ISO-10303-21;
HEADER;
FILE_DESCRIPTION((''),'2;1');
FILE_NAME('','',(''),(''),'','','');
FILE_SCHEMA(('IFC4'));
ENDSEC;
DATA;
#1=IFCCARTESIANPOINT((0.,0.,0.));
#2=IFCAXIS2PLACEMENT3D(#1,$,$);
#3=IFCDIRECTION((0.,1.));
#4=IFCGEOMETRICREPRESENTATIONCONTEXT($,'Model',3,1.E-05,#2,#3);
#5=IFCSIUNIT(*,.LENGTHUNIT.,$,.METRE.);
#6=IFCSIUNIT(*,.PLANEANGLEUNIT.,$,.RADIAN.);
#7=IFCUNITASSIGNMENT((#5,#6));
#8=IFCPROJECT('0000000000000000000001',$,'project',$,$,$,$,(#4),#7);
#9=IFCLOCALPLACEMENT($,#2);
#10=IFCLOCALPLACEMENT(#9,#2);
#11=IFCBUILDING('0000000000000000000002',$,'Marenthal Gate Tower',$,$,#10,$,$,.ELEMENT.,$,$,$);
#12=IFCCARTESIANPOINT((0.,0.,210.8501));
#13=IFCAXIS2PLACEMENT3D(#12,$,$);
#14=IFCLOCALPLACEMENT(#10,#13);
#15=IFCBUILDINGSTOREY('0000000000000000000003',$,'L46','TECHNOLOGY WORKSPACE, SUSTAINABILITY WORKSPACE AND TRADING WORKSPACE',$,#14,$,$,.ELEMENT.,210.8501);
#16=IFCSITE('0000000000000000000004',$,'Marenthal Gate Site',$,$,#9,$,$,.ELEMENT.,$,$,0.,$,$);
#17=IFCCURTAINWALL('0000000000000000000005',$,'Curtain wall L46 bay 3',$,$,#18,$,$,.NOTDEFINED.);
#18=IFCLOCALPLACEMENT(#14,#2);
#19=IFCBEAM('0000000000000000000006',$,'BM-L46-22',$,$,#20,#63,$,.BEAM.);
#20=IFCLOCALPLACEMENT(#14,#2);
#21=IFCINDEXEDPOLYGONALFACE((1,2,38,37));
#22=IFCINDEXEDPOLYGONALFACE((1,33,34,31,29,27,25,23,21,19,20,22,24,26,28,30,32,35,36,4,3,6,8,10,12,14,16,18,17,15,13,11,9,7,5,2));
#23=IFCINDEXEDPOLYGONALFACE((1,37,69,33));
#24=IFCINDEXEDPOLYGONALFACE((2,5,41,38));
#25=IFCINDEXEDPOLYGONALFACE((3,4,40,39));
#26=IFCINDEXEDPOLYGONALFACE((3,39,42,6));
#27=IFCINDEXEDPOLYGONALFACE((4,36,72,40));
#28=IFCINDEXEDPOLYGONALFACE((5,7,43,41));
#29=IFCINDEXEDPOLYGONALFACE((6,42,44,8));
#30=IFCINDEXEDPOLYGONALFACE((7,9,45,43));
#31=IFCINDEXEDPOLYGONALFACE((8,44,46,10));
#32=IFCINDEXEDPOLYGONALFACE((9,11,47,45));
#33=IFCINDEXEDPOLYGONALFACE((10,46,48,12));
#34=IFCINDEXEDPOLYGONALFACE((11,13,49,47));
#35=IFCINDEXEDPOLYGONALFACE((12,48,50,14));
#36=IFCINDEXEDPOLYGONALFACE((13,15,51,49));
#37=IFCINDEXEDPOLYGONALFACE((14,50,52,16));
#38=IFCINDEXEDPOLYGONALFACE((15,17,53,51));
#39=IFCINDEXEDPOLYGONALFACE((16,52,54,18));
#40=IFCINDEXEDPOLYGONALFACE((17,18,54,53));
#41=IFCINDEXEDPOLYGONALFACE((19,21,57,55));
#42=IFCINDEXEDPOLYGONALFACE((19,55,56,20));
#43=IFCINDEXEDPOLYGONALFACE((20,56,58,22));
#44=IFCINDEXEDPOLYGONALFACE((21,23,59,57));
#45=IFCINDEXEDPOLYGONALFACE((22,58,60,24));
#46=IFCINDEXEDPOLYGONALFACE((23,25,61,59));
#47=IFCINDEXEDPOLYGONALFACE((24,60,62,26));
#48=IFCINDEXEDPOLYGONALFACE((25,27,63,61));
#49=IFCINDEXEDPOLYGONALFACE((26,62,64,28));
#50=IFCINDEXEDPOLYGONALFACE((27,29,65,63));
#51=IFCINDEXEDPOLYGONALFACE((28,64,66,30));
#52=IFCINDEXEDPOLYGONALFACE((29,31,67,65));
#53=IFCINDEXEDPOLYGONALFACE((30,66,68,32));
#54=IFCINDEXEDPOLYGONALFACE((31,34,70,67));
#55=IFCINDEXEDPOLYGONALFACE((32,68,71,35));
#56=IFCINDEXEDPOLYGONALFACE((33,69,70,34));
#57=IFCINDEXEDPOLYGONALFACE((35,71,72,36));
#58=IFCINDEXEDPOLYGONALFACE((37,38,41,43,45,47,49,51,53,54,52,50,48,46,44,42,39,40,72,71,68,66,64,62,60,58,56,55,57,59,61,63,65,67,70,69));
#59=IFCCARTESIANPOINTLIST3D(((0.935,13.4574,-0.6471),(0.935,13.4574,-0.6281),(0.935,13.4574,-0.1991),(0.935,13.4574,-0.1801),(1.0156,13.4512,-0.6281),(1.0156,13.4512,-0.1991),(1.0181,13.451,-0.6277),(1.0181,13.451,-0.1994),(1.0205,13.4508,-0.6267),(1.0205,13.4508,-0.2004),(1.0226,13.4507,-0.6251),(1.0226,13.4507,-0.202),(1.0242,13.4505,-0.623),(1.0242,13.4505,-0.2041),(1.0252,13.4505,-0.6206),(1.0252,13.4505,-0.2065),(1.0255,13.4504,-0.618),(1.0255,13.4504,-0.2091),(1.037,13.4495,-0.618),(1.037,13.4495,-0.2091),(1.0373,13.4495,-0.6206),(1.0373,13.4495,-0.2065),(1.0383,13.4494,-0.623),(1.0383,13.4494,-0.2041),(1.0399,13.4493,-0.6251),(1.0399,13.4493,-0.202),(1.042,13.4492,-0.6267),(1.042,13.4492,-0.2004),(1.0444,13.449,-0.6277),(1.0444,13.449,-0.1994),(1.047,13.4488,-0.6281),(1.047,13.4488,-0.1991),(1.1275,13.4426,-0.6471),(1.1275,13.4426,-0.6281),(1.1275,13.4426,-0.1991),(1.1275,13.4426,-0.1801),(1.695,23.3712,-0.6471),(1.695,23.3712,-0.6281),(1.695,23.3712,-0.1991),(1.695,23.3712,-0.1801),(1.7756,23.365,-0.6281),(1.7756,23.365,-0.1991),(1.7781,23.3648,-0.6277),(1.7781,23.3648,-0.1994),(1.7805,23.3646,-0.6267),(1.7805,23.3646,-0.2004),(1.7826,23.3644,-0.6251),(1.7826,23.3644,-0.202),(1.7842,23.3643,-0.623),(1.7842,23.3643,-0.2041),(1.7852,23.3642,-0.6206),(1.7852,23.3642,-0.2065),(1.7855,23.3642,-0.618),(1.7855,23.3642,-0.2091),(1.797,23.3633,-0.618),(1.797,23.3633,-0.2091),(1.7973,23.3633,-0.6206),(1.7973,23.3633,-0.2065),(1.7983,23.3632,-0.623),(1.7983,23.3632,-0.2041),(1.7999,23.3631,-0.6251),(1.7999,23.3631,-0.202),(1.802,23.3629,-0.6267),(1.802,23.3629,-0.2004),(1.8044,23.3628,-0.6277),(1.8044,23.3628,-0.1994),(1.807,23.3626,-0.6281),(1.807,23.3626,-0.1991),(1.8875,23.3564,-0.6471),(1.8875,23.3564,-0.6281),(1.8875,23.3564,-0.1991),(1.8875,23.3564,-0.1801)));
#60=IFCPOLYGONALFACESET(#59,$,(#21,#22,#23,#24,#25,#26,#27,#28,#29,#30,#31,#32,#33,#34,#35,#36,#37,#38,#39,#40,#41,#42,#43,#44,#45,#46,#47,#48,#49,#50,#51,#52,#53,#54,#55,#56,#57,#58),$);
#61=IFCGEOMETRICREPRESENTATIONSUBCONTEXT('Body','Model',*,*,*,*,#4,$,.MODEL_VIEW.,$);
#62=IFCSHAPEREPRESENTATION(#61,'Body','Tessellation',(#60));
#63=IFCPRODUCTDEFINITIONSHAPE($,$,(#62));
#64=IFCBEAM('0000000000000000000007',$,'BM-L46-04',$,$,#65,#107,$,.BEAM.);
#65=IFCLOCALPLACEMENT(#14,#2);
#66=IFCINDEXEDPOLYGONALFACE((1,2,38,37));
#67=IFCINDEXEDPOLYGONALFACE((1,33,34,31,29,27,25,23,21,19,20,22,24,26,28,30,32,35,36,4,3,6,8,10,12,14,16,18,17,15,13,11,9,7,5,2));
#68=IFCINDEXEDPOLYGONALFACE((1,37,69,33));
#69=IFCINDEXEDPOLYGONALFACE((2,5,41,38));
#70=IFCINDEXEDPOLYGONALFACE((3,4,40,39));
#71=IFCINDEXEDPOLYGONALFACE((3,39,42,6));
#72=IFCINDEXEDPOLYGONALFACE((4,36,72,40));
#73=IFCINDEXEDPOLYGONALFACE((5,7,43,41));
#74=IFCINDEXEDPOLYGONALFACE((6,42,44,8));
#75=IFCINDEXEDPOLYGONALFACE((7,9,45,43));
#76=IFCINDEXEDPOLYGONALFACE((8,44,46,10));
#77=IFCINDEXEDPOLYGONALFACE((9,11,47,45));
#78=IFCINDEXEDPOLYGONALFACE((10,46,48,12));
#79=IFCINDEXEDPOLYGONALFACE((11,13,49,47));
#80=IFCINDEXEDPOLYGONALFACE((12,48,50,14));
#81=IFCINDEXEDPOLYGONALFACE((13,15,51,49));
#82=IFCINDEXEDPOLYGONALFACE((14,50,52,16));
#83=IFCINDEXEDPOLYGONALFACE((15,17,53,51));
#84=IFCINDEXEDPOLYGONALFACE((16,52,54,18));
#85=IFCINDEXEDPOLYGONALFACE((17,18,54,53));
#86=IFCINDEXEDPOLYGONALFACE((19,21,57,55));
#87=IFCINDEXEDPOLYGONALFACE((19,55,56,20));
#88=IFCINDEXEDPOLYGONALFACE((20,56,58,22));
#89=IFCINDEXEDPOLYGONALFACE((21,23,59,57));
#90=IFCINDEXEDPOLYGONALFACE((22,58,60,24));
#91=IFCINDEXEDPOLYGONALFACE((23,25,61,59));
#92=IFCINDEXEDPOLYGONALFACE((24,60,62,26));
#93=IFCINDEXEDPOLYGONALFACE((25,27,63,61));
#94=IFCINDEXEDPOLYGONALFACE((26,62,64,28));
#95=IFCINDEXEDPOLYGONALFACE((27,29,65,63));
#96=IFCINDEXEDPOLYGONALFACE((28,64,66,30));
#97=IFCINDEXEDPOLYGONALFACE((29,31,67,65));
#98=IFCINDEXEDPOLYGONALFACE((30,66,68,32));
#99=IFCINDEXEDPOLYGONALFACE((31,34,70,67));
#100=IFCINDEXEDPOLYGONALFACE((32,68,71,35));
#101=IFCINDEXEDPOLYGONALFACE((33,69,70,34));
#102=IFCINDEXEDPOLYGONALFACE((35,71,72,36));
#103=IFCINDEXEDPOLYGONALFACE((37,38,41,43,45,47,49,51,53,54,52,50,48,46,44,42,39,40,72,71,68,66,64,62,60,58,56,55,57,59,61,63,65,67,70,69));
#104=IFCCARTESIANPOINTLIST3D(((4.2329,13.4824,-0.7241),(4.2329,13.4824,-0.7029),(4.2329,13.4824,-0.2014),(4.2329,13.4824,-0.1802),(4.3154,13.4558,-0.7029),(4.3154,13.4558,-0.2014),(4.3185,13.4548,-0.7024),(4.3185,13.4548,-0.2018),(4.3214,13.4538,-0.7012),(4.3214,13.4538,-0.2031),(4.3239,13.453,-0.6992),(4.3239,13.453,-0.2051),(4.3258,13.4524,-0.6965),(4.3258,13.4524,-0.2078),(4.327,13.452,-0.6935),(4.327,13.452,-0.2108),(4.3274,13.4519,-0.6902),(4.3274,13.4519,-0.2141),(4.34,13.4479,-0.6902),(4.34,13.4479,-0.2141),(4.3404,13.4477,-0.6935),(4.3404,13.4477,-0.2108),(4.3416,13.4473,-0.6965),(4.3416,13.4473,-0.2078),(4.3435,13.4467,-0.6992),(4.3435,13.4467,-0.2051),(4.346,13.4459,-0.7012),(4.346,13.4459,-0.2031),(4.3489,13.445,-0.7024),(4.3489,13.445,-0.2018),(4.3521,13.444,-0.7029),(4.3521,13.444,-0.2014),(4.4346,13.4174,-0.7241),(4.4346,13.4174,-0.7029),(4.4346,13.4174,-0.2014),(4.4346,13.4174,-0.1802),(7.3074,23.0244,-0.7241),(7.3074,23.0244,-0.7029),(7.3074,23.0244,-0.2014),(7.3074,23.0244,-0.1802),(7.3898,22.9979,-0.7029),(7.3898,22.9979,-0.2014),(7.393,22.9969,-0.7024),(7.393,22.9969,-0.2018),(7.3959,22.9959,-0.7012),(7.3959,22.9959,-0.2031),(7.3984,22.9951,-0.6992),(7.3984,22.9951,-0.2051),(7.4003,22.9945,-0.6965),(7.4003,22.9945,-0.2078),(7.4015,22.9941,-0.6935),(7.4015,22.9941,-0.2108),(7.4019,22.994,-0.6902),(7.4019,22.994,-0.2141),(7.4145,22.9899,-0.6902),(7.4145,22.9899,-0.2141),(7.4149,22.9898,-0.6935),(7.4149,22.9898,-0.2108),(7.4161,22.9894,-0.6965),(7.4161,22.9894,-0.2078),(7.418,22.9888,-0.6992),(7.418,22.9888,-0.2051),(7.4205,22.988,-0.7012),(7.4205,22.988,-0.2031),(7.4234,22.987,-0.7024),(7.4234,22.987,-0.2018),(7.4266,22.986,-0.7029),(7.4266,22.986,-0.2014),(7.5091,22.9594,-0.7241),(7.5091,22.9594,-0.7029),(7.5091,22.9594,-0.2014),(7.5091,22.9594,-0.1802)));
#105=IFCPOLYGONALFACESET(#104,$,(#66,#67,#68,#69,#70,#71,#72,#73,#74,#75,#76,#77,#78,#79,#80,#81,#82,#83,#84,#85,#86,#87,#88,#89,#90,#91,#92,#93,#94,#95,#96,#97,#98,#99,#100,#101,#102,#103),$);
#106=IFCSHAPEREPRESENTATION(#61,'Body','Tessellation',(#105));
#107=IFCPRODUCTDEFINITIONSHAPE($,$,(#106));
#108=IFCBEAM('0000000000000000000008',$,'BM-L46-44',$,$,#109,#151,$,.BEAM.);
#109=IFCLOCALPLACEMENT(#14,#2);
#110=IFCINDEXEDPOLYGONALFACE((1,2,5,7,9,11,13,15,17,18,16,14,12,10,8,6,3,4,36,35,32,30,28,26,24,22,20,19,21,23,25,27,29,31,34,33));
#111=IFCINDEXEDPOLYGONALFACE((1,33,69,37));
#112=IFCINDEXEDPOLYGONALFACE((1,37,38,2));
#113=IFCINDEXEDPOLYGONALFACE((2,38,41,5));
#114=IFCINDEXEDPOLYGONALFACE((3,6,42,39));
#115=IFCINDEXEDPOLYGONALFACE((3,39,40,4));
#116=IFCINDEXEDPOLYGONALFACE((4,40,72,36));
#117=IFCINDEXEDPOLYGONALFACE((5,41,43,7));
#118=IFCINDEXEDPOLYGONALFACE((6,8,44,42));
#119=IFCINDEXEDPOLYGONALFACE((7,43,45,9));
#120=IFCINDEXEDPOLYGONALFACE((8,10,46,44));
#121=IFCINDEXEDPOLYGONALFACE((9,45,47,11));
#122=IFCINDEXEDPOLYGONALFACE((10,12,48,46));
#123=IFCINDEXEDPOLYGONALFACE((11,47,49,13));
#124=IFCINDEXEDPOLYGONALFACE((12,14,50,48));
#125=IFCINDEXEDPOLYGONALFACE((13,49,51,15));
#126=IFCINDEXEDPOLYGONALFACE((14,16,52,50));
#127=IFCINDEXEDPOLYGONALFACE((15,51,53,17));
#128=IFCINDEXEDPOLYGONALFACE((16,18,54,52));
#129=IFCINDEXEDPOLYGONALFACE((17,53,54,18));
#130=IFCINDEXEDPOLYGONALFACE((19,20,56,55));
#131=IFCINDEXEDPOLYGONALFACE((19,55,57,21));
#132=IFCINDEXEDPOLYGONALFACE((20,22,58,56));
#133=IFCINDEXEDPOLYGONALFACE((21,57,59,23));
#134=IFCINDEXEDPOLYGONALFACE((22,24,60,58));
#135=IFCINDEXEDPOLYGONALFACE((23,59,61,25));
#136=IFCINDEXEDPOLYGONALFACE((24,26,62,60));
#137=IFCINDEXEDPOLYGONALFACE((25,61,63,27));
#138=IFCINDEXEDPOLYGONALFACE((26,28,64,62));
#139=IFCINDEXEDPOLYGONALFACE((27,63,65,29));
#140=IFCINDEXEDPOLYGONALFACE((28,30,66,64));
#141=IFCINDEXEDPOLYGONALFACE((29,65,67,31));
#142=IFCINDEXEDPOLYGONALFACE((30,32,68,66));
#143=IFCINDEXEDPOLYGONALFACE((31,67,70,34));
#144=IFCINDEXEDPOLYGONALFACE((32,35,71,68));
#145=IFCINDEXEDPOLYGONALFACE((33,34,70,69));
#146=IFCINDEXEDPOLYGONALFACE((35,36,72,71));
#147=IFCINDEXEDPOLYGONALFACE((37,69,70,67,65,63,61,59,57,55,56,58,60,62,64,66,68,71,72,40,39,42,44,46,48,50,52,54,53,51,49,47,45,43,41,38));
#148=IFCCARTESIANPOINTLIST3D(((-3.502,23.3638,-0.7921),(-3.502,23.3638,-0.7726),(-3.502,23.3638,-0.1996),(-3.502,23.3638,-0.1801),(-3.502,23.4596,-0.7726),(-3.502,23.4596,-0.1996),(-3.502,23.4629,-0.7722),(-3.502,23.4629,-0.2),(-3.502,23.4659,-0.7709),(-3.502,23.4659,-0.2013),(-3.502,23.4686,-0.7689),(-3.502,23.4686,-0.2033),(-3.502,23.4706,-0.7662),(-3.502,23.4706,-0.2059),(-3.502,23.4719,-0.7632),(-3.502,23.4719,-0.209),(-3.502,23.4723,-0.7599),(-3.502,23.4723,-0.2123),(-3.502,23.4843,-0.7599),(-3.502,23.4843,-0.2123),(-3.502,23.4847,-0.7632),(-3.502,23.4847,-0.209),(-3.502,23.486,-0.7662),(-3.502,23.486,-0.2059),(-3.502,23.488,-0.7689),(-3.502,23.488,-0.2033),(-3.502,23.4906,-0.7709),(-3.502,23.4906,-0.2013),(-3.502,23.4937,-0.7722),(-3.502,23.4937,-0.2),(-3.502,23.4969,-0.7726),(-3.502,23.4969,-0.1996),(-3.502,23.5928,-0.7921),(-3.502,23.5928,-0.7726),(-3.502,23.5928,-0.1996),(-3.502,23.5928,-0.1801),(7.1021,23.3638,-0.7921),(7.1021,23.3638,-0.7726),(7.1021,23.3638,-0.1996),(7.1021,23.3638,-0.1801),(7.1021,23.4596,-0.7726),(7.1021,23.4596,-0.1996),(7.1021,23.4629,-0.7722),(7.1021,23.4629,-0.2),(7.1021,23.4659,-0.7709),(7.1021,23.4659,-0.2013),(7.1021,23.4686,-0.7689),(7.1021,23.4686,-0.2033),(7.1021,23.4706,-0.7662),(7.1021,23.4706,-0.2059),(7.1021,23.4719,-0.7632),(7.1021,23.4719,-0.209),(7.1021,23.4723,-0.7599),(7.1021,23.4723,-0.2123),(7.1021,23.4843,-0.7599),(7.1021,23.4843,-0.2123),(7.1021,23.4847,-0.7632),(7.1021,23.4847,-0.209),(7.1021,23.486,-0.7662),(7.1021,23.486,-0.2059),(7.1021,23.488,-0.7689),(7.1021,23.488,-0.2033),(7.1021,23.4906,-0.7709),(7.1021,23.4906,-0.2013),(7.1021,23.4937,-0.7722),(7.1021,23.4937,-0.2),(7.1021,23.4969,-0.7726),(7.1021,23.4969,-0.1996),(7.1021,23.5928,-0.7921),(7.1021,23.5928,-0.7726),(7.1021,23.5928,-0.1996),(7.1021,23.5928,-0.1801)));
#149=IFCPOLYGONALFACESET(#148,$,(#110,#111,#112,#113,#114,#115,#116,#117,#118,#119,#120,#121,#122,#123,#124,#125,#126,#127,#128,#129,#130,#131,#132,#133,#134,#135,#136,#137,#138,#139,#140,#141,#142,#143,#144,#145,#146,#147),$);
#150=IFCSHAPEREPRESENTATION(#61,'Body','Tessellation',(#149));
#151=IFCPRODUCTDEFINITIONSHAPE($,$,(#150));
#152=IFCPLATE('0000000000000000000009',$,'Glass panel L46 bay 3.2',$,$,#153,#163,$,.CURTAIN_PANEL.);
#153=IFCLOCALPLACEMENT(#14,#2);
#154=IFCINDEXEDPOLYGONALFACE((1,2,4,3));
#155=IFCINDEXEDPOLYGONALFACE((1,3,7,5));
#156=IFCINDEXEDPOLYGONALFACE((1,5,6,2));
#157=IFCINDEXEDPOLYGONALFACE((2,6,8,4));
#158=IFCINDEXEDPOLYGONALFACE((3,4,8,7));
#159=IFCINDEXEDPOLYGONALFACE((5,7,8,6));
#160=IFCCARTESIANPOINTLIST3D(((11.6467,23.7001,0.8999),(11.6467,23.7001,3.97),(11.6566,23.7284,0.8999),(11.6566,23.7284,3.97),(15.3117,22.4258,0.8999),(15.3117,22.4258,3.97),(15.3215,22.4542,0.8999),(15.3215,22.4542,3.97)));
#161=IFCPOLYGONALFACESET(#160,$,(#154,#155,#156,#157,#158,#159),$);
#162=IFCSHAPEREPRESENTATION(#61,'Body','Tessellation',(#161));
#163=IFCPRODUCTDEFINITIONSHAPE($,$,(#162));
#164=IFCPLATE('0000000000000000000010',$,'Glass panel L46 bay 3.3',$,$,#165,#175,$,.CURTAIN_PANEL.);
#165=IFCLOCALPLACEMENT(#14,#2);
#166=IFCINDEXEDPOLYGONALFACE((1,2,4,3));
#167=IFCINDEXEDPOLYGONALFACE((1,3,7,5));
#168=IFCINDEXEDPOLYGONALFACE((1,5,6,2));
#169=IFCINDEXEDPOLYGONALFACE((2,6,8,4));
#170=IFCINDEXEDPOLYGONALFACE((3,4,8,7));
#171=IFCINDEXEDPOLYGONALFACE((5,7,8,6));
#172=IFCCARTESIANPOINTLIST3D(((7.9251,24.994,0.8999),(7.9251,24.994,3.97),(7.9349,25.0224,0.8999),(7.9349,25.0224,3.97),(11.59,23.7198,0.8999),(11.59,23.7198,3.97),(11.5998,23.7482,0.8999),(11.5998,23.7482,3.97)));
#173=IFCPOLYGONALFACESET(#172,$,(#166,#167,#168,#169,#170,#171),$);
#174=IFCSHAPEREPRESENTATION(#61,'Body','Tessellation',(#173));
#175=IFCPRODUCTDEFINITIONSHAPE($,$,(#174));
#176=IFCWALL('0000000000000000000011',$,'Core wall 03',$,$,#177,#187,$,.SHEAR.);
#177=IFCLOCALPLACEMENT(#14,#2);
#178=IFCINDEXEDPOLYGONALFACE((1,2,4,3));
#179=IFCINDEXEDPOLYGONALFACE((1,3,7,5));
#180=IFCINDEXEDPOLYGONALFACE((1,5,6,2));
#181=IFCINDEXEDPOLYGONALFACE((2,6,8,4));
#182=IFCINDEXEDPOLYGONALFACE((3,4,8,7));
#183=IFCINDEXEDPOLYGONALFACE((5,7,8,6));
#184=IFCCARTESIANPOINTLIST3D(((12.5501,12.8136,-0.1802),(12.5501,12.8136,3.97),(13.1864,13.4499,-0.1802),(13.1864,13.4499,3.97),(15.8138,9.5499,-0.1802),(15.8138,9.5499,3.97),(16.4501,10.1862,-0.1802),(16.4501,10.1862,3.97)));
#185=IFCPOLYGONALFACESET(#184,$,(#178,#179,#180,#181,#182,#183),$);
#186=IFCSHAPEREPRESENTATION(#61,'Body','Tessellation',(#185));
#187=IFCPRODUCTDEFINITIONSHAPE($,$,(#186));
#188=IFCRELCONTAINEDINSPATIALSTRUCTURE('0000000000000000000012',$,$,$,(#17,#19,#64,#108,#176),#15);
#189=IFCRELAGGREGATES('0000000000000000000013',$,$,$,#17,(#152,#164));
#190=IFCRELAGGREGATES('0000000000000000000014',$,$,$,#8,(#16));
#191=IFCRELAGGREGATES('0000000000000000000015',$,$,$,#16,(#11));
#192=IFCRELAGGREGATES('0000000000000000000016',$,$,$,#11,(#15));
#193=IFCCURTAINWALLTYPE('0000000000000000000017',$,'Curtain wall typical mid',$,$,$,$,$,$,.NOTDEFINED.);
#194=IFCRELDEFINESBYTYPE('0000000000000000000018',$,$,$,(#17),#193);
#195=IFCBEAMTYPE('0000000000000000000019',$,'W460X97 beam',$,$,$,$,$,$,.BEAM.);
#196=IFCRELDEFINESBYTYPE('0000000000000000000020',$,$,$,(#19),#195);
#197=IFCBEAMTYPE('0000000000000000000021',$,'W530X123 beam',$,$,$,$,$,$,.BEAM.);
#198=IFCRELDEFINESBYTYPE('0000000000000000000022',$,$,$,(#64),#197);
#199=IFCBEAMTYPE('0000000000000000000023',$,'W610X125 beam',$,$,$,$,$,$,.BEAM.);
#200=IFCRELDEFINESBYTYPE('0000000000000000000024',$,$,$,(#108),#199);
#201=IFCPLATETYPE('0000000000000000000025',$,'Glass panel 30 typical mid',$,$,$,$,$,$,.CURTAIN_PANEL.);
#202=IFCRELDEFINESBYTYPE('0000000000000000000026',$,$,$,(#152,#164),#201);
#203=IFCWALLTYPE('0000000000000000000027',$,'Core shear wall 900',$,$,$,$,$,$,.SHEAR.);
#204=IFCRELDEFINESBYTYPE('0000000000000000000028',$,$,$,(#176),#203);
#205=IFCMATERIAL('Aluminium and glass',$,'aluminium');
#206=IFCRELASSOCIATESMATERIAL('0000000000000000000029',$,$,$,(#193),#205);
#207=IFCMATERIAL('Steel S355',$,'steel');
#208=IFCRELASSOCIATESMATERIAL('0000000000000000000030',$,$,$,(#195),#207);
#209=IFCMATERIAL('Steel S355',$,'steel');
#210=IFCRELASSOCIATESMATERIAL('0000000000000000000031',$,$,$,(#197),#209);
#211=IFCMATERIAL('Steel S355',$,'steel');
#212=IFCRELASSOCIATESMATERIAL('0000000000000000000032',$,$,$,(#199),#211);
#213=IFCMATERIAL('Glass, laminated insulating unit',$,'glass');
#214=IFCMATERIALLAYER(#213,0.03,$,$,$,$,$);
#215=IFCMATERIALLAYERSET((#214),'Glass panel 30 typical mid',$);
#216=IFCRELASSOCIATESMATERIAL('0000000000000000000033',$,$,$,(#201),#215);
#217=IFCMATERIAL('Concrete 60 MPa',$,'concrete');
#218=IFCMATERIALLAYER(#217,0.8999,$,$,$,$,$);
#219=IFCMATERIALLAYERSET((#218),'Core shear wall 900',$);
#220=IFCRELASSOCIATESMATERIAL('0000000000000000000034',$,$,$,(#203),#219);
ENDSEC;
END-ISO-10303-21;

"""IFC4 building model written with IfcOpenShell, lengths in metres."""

from ifc_helpers import new_model, si_unit, direction, frame, frame_2d, origin, origin_2d, place, context, subcontext, project, spatial, rectangle, i_section, extrude, material, layer, layer_set, material_profile, profile_set, type_object, element, aggregate, save


model = new_model("IFC4")

# Units and contexts
model_context = context("Model", 3, precision=1e-05, world=origin(), true_north=direction((0.0, 1.0)))
body_context = subcontext(model_context, "Body", "Model", "MODEL_VIEW")
ifc_project = project(units=[si_unit("LENGTHUNIT", "METRE"), si_unit("PLANEANGLEUNIT", "RADIAN")], contexts=[model_context])

# Site, building, storey
site_placement = place(None, origin())
site = spatial("IfcSite", under=ifc_project, at=site_placement, Name="Marenthal Gate Site", CompositionType="ELEMENT", RefElevation=0.0)
building_placement = place(site_placement, origin())
building = spatial("IfcBuilding", under=site, at=building_placement, Name="Marenthal Gate Tower", CompositionType="ELEMENT")
storey_placement = place(building_placement, frame((0.0, 0.0, 210.8501)))
storey = spatial("IfcBuildingStorey", under=building, at=storey_placement, Name="L46", Description="TECHNOLOGY WORKSPACE, SUSTAINABILITY WORKSPACE AND TRADING WORKSPACE", CompositionType="ELEMENT", Elevation=210.8501)

# Curtain wall
ifc_material_1 = material(Name="Aluminium and glass", Category="aluminium")
curtain_wall_type = type_object("IfcCurtainWallType", Name="Curtain wall typical mid", PredefinedType="NOTDEFINED", material=ifc_material_1)
curtain_wall_placement = place(storey_placement, origin())
curtain_wall = element("IfcCurtainWall", 1, at=curtain_wall_placement, inside=storey, type_object=curtain_wall_type, Name="Curtain wall L46 bay 3", PredefinedType="NOTDEFINED")

# Beams
ifc_material_2 = material(Name="Steel S355", Category="steel")
ifc_material_profile_1 = material_profile(ifc_material_2, i_section(OverallWidth=0.1931, OverallDepth=0.467, WebThickness=0.0115, FlangeThickness=0.019, FilletRadius=0.01, at=origin_2d()), Name="W460X97")
ifc_profile_set_1 = profile_set([ifc_material_profile_1], Name="Steel S355")
beam_type_1 = type_object("IfcBeamType", Name="W460X97 beam", PredefinedType="BEAM", material=ifc_profile_set_1)
beam_1_placement = place(storey_placement, frame((1.7913, 23.3638, -0.4136), z_axis=(-0.076437, -0.997074, 0.0), x_axis=(0.997074, -0.076437, 0.0)))
element("IfcBeam", 2, at=beam_1_placement, inside=storey, type_object=beam_type_1, Name="BM-L46-22", PredefinedType="BEAM", context=body_context, shape_type="SweptSolid", body=[
    extrude(i_section(OverallWidth=0.1931, OverallDepth=0.467, WebThickness=0.0115, FlangeThickness=0.019, FilletRadius=0.01, at=origin_2d()), origin(), (0.0, 0.0, 1.0), 9.9429),
])
ifc_material_3 = material(Name="Steel S355", Category="steel")
ifc_material_profile_2 = material_profile(ifc_material_3, i_section(OverallWidth=0.2119, OverallDepth=0.5439, WebThickness=0.0132, FlangeThickness=0.0212, FilletRadius=0.0127, at=origin_2d()), Name="W530X123")
ifc_profile_set_2 = profile_set([ifc_material_profile_2], Name="Steel S355")
beam_type_2 = type_object("IfcBeamType", Name="W530X123 beam", PredefinedType="BEAM", material=ifc_profile_set_2)
beam_2_placement = place(storey_placement, frame((7.4082, 22.9919, -0.4521), z_axis=(-0.306678, -0.951813, 0.0), x_axis=(0.951813, -0.306678, 0.0)))
element("IfcBeam", 3, at=beam_2_placement, inside=storey, type_object=beam_type_2, Name="BM-L46-04", PredefinedType="BEAM", context=body_context, shape_type="SweptSolid", body=[
    extrude(i_section(OverallWidth=0.2119, OverallDepth=0.5439, WebThickness=0.0132, FlangeThickness=0.0212, FilletRadius=0.0127, at=origin_2d()), origin(), (0.0, 0.0, 1.0), 10.0251),
])
ifc_material_4 = material(Name="Steel S355", Category="steel")
ifc_material_profile_3 = material_profile(ifc_material_4, i_section(OverallWidth=0.229, OverallDepth=0.6121, WebThickness=0.012, FlangeThickness=0.0195, FilletRadius=0.0127, at=origin_2d()), Name="W610X125")
ifc_profile_set_3 = profile_set([ifc_material_profile_3], Name="Steel S355")
beam_type_3 = type_object("IfcBeamType", Name="W610X125 beam", PredefinedType="BEAM", material=ifc_profile_set_3)
beam_3_placement = place(storey_placement, frame((7.1021, 23.4783, -0.4861), z_axis=(-1.0, 0.0, 0.0), x_axis=(0.0, -1.0, 0.0)))
element("IfcBeam", 4, at=beam_3_placement, inside=storey, type_object=beam_type_3, Name="BM-L46-44", PredefinedType="BEAM", context=body_context, shape_type="SweptSolid", body=[
    extrude(i_section(OverallWidth=0.229, OverallDepth=0.6121, WebThickness=0.012, FlangeThickness=0.0195, FilletRadius=0.0127, at=origin_2d()), origin(), (0.0, 0.0, 1.0), 10.604),
])

# Plates
ifc_material_5 = material(Name="Glass, laminated insulating unit", Category="glass")
ifc_layer_1 = layer(ifc_material_5, 0.03)
ifc_layer_set_1 = layer_set([ifc_layer_1], Name="Glass panel 30 typical mid")
plate_type = type_object("IfcPlateType", Name="Glass panel 30 typical mid", PredefinedType="CURTAIN_PANEL", material=ifc_layer_set_1)
plate_1_placement = place(storey_placement, frame((13.4841, 23.0771, 0.8999), z_axis=(0.0, 0.0, 1.0), x_axis=(-0.944539, 0.3284, 0.0)))
plate_1 = element("IfcPlate", 5, at=plate_1_placement, type_object=plate_type, Name="Glass panel L46 bay 3.2", PredefinedType="CURTAIN_PANEL", context=body_context, shape_type="SweptSolid", body=[
    extrude(rectangle(XDim=3.8801, YDim=0.03, at=origin_2d()), origin(), (0.0, 0.0, 1.0), 3.0701),
])
plate_2_placement = place(storey_placement, frame((9.7625, 24.3711, 0.8999), z_axis=(0.0, 0.0, 1.0), x_axis=(-0.944539, 0.3284, 0.0)))
plate_2 = element("IfcPlate", 6, at=plate_2_placement, type_object=plate_type, Name="Glass panel L46 bay 3.3", PredefinedType="CURTAIN_PANEL", context=body_context, shape_type="SweptSolid", body=[
    extrude(rectangle(XDim=3.8801, YDim=0.03, at=origin_2d()), origin(), (0.0, 0.0, 1.0), 3.0701),
])
aggregate(curtain_wall, [plate_1, plate_2])

# Wall
ifc_material_6 = material(Name="Concrete 60 MPa", Category="concrete")
ifc_layer_2 = layer(ifc_material_6, 0.8999)
ifc_layer_set_2 = layer_set([ifc_layer_2], Name="Core shear wall 900")
wall_type_1 = type_object("IfcWallType", Name="Core shear wall 900", PredefinedType="SHEAR", material=ifc_layer_set_2)
wall_1_placement = place(storey_placement, frame((16.1318, 9.8682, -0.1802), z_axis=(0.0, 0.0, 1.0), x_axis=(-0.707107, 0.707107, 0.0)))
element("IfcWall", 7, at=wall_1_placement, inside=storey, type_object=wall_type_1, Name="Core wall 03", PredefinedType="SHEAR", context=body_context, shape_type="SweptSolid", body=[
    extrude(rectangle(XDim=4.6155, YDim=0.8999, at=frame_2d((2.3076, 0.0))), origin(), (0.0, 0.0, 1.0), 4.1501),
])

save(model, "model.ifc")
